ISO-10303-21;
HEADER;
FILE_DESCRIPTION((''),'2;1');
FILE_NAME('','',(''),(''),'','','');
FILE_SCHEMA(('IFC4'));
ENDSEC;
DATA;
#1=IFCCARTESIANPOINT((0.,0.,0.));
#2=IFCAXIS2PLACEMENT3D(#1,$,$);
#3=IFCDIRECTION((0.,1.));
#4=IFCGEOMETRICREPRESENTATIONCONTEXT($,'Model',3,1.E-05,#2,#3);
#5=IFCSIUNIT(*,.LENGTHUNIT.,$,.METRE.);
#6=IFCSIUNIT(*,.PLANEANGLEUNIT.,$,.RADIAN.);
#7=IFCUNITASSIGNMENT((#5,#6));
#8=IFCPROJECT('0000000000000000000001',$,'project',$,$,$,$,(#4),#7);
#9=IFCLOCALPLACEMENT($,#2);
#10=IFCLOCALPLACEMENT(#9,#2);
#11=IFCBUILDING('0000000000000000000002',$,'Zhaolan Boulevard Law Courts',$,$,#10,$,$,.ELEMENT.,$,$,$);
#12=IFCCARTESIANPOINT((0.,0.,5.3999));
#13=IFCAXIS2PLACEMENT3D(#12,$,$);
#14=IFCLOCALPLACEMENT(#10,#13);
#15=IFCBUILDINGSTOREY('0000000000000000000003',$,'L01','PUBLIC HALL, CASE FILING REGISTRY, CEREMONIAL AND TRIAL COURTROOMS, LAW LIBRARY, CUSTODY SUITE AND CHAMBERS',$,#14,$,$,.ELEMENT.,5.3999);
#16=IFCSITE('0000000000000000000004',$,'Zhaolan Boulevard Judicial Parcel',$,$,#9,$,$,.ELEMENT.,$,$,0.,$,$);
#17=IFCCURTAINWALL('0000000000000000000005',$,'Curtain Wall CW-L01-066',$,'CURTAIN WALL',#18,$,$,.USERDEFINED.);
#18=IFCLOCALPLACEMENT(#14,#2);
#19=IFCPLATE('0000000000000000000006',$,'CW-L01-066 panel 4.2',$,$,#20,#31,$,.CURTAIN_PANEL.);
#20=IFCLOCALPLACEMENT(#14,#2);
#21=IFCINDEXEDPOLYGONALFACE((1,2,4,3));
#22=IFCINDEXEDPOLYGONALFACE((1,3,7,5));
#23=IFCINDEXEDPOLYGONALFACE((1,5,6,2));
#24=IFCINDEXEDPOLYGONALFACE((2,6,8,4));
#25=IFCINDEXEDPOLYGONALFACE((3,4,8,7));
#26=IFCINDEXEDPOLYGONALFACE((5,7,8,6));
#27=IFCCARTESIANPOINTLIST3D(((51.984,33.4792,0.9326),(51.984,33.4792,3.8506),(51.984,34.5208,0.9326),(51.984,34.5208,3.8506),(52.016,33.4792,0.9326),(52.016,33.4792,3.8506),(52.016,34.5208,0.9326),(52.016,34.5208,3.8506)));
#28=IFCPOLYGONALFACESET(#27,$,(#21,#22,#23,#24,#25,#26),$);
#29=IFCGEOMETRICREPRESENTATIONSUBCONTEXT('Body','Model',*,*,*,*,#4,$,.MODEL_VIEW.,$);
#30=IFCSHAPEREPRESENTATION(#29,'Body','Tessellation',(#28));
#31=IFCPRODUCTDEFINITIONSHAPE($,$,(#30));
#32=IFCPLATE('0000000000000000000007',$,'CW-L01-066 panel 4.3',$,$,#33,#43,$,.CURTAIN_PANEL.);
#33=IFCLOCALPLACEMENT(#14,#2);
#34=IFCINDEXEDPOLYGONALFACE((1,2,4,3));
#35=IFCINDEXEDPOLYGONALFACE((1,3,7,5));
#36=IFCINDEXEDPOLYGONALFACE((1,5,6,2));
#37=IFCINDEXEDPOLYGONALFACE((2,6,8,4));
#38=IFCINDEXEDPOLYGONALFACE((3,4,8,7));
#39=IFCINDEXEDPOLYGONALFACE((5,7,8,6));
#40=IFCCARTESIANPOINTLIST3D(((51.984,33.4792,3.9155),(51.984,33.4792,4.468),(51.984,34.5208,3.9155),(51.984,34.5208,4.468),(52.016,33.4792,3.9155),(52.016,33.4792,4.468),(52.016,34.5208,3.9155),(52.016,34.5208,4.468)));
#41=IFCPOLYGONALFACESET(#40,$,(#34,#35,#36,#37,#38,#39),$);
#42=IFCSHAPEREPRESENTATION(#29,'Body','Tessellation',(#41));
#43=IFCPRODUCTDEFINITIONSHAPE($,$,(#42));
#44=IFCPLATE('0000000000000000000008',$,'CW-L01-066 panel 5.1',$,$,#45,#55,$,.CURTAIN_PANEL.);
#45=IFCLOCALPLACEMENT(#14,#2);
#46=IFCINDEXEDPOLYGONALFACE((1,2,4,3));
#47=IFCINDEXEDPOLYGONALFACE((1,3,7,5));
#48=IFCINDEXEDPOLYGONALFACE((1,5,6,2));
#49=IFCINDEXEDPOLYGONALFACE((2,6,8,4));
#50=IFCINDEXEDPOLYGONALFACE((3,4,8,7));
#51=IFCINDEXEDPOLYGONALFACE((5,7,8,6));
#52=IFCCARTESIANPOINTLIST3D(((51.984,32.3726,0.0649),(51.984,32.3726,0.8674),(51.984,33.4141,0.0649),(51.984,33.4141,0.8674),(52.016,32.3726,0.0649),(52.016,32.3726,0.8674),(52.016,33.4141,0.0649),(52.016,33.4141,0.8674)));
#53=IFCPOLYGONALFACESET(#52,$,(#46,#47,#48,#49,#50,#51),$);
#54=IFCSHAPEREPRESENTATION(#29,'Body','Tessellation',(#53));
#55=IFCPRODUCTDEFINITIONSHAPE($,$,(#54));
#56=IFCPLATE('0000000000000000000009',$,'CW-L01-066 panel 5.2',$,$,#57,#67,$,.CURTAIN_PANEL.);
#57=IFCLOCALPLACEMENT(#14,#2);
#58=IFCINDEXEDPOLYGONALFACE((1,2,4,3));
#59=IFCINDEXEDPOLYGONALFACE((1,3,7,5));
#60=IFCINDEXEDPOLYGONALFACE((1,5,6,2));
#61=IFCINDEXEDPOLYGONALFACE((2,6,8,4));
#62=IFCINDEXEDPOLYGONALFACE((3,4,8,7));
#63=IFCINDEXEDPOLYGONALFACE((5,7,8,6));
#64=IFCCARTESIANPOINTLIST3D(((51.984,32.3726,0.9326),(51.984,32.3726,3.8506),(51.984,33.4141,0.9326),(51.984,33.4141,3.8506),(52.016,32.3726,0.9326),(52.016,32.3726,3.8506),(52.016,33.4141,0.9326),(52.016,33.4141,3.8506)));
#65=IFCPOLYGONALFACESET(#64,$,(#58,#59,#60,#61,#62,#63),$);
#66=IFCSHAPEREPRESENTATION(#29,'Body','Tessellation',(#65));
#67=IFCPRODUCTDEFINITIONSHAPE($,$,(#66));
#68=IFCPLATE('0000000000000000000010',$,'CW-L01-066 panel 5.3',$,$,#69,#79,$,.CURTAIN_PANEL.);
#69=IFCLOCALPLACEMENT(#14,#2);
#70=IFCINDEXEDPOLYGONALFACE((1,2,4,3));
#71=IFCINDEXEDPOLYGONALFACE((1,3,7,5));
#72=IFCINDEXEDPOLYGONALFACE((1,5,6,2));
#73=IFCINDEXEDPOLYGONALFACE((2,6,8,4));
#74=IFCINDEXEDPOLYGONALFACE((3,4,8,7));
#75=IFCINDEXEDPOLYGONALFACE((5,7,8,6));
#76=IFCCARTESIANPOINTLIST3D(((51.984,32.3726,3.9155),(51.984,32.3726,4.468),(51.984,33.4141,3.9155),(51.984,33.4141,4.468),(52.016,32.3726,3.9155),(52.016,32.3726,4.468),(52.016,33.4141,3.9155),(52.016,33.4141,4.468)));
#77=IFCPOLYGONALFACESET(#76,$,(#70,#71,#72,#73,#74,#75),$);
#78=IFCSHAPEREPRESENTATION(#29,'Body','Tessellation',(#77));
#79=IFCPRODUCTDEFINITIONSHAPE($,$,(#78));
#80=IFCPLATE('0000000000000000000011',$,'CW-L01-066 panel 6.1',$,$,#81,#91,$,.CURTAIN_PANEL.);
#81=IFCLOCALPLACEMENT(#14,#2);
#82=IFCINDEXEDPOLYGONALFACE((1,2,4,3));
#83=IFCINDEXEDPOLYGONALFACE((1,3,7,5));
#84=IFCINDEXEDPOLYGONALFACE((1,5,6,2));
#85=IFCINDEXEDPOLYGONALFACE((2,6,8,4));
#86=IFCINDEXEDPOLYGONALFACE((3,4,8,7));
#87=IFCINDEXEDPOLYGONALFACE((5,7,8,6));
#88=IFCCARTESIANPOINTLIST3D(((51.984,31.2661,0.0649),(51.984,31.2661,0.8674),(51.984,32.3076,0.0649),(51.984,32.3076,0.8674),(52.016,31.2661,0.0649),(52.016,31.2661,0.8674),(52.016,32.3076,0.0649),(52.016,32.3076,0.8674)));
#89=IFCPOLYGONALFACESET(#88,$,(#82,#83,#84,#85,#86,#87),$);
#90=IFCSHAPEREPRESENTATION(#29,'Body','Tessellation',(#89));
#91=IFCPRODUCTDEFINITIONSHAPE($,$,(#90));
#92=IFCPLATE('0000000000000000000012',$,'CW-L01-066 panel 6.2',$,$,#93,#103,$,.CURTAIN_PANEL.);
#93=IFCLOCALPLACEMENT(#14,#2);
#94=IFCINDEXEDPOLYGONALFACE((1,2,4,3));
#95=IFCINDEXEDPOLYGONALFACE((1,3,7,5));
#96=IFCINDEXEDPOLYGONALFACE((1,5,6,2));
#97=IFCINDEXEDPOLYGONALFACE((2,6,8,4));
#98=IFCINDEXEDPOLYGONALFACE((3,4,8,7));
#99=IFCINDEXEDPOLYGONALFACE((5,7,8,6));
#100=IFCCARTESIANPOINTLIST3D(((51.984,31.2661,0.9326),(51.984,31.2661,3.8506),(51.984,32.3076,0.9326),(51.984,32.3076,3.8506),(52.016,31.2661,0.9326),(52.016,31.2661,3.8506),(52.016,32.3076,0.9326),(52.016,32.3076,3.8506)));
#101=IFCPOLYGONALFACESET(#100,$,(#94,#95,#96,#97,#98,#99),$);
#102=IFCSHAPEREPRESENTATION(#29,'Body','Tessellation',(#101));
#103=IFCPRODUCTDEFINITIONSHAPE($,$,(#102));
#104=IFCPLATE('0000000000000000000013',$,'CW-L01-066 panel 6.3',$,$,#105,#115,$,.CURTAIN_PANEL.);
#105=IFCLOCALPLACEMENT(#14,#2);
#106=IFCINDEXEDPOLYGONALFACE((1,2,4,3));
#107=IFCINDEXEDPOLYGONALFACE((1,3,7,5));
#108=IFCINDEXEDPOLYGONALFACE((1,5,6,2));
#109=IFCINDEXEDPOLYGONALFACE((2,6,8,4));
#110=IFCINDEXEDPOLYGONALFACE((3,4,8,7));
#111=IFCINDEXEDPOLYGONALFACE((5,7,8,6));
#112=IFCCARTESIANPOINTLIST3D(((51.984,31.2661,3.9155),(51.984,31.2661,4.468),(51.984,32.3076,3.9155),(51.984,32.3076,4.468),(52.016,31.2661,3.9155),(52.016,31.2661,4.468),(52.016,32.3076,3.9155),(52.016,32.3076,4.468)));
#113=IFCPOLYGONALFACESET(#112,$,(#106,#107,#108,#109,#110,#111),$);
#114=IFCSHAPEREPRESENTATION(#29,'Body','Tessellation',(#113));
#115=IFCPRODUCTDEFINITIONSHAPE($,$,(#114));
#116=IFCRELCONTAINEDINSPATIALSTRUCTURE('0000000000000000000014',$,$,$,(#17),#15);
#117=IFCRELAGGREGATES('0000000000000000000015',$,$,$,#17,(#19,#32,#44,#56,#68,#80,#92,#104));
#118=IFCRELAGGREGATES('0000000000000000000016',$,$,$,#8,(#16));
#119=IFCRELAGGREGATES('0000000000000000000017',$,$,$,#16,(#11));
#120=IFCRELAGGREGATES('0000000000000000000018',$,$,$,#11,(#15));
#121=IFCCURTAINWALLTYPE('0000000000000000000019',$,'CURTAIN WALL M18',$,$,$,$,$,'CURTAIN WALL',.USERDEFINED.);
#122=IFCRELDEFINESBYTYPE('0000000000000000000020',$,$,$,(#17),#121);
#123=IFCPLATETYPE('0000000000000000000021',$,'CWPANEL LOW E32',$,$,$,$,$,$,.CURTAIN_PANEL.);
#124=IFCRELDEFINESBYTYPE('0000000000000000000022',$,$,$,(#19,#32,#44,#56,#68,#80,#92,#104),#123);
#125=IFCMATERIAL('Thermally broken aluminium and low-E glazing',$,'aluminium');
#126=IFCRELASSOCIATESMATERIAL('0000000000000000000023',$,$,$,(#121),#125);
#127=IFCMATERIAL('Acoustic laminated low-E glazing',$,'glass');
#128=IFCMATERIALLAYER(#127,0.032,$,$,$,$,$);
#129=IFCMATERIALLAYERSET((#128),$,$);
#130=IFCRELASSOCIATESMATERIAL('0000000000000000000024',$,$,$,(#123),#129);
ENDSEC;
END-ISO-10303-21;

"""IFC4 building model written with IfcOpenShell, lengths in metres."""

from ifc_helpers import new_model, si_unit, direction, frame, origin, origin_2d, place, context, subcontext, project, spatial, rectangle, extrude, material, layer, layer_set, type_object, element, aggregate, save


model = new_model("IFC4")

# Units and contexts
model_context = context("Model", 3, precision=1e-05, world=origin(), true_north=direction((0.0, 1.0)))
body_context = subcontext(model_context, "Body", "Model", "MODEL_VIEW")
ifc_project = project(units=[si_unit("LENGTHUNIT", "METRE"), si_unit("PLANEANGLEUNIT", "RADIAN")], contexts=[model_context])

# Site, building, storey
site_placement = place(None, origin())
site = spatial("IfcSite", under=ifc_project, at=site_placement, Name="Zhaolan Boulevard Judicial Parcel", CompositionType="ELEMENT", RefElevation=0.0)
building_placement = place(site_placement, origin())
building = spatial("IfcBuilding", under=site, at=building_placement, Name="Zhaolan Boulevard Law Courts", CompositionType="ELEMENT")
storey_placement = place(building_placement, frame((0.0, 0.0, 5.3999)))
storey = spatial("IfcBuildingStorey", under=building, at=storey_placement, Name="L01", Description="PUBLIC HALL, CASE FILING REGISTRY, CEREMONIAL AND TRIAL COURTROOMS, LAW LIBRARY, CUSTODY SUITE AND CHAMBERS", CompositionType="ELEMENT", Elevation=5.3999)

# Curtain wall, plates
ifc_material_1 = material(Name="Thermally broken aluminium and low-E glazing", Category="aluminium")
curtain_wall_type = type_object("IfcCurtainWallType", Name="CURTAIN WALL M18", ElementType="CURTAIN WALL", PredefinedType="USERDEFINED", material=ifc_material_1)
curtain_wall_placement = place(storey_placement, origin())
curtain_wall = element("IfcCurtainWall", 1, at=curtain_wall_placement, inside=storey, type_object=curtain_wall_type, Name="Curtain Wall CW-L01-066", ObjectType="CURTAIN WALL", PredefinedType="USERDEFINED")
ifc_material_2 = material(Name="Acoustic laminated low-E glazing", Category="glass")
ifc_layer = layer(ifc_material_2, 0.032)
ifc_layer_set = layer_set([ifc_layer])
plate_type = type_object("IfcPlateType", Name="CWPANEL LOW E32", PredefinedType="CURTAIN_PANEL", material=ifc_layer_set)
plate_1_placement = place(storey_placement, frame((52.0, 34.0, 0.9326), z_axis=(0.0, 0.0, 1.0), x_axis=(0.0, -1.0, 0.0)))
plate_1 = element("IfcPlate", 2, at=plate_1_placement, type_object=plate_type, Name="CW-L01-066 panel 4.2", PredefinedType="CURTAIN_PANEL", context=body_context, shape_type="SweptSolid", body=[
    extrude(rectangle(XDim=1.0415, YDim=0.032, at=origin_2d()), origin(), (0.0, 0.0, 1.0), 2.918),
])
plate_2_placement = place(storey_placement, frame((52.0, 34.0, 3.9155), z_axis=(0.0, 0.0, 1.0), x_axis=(0.0, -1.0, 0.0)))
plate_2 = element("IfcPlate", 3, at=plate_2_placement, type_object=plate_type, Name="CW-L01-066 panel 4.3", PredefinedType="CURTAIN_PANEL", context=body_context, shape_type="SweptSolid", body=[
    extrude(rectangle(XDim=1.0415, YDim=0.032, at=origin_2d()), origin(), (0.0, 0.0, 1.0), 0.5525),
])
plate_3_placement = place(storey_placement, frame((52.0, 32.8933, 0.0649), z_axis=(0.0, 0.0, 1.0), x_axis=(0.0, -1.0, 0.0)))
plate_3 = element("IfcPlate", 4, at=plate_3_placement, type_object=plate_type, Name="CW-L01-066 panel 5.1", PredefinedType="CURTAIN_PANEL", context=body_context, shape_type="SweptSolid", body=[
    extrude(rectangle(XDim=1.0415, YDim=0.032, at=origin_2d()), origin(), (0.0, 0.0, 1.0), 0.8025),
])
plate_4_placement = place(storey_placement, frame((52.0, 32.8933, 0.9326), z_axis=(0.0, 0.0, 1.0), x_axis=(0.0, -1.0, 0.0)))
plate_4 = element("IfcPlate", 5, at=plate_4_placement, type_object=plate_type, Name="CW-L01-066 panel 5.2", PredefinedType="CURTAIN_PANEL", context=body_context, shape_type="SweptSolid", body=[
    extrude(rectangle(XDim=1.0415, YDim=0.032, at=origin_2d()), origin(), (0.0, 0.0, 1.0), 2.918),
])
plate_5_placement = place(storey_placement, frame((52.0, 32.8933, 3.9155), z_axis=(0.0, 0.0, 1.0), x_axis=(0.0, -1.0, 0.0)))
plate_5 = element("IfcPlate", 6, at=plate_5_placement, type_object=plate_type, Name="CW-L01-066 panel 5.3", PredefinedType="CURTAIN_PANEL", context=body_context, shape_type="SweptSolid", body=[
    extrude(rectangle(XDim=1.0415, YDim=0.032, at=origin_2d()), origin(), (0.0, 0.0, 1.0), 0.5525),
])
plate_6_placement = place(storey_placement, frame((52.0, 31.7869, 0.0649), z_axis=(0.0, 0.0, 1.0), x_axis=(0.0, -1.0, 0.0)))
plate_6 = element("IfcPlate", 7, at=plate_6_placement, type_object=plate_type, Name="CW-L01-066 panel 6.1", PredefinedType="CURTAIN_PANEL", context=body_context, shape_type="SweptSolid", body=[
    extrude(rectangle(XDim=1.0415, YDim=0.032, at=origin_2d()), origin(), (0.0, 0.0, 1.0), 0.8025),
])
plate_7_placement = place(storey_placement, frame((52.0, 31.7869, 0.9326), z_axis=(0.0, 0.0, 1.0), x_axis=(0.0, -1.0, 0.0)))
plate_7 = element("IfcPlate", 8, at=plate_7_placement, type_object=plate_type, Name="CW-L01-066 panel 6.2", PredefinedType="CURTAIN_PANEL", context=body_context, shape_type="SweptSolid", body=[
    extrude(rectangle(XDim=1.0415, YDim=0.032, at=origin_2d()), origin(), (0.0, 0.0, 1.0), 2.918),
])
plate_8_placement = place(storey_placement, frame((52.0, 31.7869, 3.9155), z_axis=(0.0, 0.0, 1.0), x_axis=(0.0, -1.0, 0.0)))
plate_8 = element("IfcPlate", 9, at=plate_8_placement, type_object=plate_type, Name="CW-L01-066 panel 6.3", PredefinedType="CURTAIN_PANEL", context=body_context, shape_type="SweptSolid", body=[
    extrude(rectangle(XDim=1.0415, YDim=0.032, at=origin_2d()), origin(), (0.0, 0.0, 1.0), 0.5525),
])
aggregate(curtain_wall, [plate_1, plate_2, plate_3, plate_4, plate_5, plate_6, plate_7, plate_8])

save(model, "model.ifc")
